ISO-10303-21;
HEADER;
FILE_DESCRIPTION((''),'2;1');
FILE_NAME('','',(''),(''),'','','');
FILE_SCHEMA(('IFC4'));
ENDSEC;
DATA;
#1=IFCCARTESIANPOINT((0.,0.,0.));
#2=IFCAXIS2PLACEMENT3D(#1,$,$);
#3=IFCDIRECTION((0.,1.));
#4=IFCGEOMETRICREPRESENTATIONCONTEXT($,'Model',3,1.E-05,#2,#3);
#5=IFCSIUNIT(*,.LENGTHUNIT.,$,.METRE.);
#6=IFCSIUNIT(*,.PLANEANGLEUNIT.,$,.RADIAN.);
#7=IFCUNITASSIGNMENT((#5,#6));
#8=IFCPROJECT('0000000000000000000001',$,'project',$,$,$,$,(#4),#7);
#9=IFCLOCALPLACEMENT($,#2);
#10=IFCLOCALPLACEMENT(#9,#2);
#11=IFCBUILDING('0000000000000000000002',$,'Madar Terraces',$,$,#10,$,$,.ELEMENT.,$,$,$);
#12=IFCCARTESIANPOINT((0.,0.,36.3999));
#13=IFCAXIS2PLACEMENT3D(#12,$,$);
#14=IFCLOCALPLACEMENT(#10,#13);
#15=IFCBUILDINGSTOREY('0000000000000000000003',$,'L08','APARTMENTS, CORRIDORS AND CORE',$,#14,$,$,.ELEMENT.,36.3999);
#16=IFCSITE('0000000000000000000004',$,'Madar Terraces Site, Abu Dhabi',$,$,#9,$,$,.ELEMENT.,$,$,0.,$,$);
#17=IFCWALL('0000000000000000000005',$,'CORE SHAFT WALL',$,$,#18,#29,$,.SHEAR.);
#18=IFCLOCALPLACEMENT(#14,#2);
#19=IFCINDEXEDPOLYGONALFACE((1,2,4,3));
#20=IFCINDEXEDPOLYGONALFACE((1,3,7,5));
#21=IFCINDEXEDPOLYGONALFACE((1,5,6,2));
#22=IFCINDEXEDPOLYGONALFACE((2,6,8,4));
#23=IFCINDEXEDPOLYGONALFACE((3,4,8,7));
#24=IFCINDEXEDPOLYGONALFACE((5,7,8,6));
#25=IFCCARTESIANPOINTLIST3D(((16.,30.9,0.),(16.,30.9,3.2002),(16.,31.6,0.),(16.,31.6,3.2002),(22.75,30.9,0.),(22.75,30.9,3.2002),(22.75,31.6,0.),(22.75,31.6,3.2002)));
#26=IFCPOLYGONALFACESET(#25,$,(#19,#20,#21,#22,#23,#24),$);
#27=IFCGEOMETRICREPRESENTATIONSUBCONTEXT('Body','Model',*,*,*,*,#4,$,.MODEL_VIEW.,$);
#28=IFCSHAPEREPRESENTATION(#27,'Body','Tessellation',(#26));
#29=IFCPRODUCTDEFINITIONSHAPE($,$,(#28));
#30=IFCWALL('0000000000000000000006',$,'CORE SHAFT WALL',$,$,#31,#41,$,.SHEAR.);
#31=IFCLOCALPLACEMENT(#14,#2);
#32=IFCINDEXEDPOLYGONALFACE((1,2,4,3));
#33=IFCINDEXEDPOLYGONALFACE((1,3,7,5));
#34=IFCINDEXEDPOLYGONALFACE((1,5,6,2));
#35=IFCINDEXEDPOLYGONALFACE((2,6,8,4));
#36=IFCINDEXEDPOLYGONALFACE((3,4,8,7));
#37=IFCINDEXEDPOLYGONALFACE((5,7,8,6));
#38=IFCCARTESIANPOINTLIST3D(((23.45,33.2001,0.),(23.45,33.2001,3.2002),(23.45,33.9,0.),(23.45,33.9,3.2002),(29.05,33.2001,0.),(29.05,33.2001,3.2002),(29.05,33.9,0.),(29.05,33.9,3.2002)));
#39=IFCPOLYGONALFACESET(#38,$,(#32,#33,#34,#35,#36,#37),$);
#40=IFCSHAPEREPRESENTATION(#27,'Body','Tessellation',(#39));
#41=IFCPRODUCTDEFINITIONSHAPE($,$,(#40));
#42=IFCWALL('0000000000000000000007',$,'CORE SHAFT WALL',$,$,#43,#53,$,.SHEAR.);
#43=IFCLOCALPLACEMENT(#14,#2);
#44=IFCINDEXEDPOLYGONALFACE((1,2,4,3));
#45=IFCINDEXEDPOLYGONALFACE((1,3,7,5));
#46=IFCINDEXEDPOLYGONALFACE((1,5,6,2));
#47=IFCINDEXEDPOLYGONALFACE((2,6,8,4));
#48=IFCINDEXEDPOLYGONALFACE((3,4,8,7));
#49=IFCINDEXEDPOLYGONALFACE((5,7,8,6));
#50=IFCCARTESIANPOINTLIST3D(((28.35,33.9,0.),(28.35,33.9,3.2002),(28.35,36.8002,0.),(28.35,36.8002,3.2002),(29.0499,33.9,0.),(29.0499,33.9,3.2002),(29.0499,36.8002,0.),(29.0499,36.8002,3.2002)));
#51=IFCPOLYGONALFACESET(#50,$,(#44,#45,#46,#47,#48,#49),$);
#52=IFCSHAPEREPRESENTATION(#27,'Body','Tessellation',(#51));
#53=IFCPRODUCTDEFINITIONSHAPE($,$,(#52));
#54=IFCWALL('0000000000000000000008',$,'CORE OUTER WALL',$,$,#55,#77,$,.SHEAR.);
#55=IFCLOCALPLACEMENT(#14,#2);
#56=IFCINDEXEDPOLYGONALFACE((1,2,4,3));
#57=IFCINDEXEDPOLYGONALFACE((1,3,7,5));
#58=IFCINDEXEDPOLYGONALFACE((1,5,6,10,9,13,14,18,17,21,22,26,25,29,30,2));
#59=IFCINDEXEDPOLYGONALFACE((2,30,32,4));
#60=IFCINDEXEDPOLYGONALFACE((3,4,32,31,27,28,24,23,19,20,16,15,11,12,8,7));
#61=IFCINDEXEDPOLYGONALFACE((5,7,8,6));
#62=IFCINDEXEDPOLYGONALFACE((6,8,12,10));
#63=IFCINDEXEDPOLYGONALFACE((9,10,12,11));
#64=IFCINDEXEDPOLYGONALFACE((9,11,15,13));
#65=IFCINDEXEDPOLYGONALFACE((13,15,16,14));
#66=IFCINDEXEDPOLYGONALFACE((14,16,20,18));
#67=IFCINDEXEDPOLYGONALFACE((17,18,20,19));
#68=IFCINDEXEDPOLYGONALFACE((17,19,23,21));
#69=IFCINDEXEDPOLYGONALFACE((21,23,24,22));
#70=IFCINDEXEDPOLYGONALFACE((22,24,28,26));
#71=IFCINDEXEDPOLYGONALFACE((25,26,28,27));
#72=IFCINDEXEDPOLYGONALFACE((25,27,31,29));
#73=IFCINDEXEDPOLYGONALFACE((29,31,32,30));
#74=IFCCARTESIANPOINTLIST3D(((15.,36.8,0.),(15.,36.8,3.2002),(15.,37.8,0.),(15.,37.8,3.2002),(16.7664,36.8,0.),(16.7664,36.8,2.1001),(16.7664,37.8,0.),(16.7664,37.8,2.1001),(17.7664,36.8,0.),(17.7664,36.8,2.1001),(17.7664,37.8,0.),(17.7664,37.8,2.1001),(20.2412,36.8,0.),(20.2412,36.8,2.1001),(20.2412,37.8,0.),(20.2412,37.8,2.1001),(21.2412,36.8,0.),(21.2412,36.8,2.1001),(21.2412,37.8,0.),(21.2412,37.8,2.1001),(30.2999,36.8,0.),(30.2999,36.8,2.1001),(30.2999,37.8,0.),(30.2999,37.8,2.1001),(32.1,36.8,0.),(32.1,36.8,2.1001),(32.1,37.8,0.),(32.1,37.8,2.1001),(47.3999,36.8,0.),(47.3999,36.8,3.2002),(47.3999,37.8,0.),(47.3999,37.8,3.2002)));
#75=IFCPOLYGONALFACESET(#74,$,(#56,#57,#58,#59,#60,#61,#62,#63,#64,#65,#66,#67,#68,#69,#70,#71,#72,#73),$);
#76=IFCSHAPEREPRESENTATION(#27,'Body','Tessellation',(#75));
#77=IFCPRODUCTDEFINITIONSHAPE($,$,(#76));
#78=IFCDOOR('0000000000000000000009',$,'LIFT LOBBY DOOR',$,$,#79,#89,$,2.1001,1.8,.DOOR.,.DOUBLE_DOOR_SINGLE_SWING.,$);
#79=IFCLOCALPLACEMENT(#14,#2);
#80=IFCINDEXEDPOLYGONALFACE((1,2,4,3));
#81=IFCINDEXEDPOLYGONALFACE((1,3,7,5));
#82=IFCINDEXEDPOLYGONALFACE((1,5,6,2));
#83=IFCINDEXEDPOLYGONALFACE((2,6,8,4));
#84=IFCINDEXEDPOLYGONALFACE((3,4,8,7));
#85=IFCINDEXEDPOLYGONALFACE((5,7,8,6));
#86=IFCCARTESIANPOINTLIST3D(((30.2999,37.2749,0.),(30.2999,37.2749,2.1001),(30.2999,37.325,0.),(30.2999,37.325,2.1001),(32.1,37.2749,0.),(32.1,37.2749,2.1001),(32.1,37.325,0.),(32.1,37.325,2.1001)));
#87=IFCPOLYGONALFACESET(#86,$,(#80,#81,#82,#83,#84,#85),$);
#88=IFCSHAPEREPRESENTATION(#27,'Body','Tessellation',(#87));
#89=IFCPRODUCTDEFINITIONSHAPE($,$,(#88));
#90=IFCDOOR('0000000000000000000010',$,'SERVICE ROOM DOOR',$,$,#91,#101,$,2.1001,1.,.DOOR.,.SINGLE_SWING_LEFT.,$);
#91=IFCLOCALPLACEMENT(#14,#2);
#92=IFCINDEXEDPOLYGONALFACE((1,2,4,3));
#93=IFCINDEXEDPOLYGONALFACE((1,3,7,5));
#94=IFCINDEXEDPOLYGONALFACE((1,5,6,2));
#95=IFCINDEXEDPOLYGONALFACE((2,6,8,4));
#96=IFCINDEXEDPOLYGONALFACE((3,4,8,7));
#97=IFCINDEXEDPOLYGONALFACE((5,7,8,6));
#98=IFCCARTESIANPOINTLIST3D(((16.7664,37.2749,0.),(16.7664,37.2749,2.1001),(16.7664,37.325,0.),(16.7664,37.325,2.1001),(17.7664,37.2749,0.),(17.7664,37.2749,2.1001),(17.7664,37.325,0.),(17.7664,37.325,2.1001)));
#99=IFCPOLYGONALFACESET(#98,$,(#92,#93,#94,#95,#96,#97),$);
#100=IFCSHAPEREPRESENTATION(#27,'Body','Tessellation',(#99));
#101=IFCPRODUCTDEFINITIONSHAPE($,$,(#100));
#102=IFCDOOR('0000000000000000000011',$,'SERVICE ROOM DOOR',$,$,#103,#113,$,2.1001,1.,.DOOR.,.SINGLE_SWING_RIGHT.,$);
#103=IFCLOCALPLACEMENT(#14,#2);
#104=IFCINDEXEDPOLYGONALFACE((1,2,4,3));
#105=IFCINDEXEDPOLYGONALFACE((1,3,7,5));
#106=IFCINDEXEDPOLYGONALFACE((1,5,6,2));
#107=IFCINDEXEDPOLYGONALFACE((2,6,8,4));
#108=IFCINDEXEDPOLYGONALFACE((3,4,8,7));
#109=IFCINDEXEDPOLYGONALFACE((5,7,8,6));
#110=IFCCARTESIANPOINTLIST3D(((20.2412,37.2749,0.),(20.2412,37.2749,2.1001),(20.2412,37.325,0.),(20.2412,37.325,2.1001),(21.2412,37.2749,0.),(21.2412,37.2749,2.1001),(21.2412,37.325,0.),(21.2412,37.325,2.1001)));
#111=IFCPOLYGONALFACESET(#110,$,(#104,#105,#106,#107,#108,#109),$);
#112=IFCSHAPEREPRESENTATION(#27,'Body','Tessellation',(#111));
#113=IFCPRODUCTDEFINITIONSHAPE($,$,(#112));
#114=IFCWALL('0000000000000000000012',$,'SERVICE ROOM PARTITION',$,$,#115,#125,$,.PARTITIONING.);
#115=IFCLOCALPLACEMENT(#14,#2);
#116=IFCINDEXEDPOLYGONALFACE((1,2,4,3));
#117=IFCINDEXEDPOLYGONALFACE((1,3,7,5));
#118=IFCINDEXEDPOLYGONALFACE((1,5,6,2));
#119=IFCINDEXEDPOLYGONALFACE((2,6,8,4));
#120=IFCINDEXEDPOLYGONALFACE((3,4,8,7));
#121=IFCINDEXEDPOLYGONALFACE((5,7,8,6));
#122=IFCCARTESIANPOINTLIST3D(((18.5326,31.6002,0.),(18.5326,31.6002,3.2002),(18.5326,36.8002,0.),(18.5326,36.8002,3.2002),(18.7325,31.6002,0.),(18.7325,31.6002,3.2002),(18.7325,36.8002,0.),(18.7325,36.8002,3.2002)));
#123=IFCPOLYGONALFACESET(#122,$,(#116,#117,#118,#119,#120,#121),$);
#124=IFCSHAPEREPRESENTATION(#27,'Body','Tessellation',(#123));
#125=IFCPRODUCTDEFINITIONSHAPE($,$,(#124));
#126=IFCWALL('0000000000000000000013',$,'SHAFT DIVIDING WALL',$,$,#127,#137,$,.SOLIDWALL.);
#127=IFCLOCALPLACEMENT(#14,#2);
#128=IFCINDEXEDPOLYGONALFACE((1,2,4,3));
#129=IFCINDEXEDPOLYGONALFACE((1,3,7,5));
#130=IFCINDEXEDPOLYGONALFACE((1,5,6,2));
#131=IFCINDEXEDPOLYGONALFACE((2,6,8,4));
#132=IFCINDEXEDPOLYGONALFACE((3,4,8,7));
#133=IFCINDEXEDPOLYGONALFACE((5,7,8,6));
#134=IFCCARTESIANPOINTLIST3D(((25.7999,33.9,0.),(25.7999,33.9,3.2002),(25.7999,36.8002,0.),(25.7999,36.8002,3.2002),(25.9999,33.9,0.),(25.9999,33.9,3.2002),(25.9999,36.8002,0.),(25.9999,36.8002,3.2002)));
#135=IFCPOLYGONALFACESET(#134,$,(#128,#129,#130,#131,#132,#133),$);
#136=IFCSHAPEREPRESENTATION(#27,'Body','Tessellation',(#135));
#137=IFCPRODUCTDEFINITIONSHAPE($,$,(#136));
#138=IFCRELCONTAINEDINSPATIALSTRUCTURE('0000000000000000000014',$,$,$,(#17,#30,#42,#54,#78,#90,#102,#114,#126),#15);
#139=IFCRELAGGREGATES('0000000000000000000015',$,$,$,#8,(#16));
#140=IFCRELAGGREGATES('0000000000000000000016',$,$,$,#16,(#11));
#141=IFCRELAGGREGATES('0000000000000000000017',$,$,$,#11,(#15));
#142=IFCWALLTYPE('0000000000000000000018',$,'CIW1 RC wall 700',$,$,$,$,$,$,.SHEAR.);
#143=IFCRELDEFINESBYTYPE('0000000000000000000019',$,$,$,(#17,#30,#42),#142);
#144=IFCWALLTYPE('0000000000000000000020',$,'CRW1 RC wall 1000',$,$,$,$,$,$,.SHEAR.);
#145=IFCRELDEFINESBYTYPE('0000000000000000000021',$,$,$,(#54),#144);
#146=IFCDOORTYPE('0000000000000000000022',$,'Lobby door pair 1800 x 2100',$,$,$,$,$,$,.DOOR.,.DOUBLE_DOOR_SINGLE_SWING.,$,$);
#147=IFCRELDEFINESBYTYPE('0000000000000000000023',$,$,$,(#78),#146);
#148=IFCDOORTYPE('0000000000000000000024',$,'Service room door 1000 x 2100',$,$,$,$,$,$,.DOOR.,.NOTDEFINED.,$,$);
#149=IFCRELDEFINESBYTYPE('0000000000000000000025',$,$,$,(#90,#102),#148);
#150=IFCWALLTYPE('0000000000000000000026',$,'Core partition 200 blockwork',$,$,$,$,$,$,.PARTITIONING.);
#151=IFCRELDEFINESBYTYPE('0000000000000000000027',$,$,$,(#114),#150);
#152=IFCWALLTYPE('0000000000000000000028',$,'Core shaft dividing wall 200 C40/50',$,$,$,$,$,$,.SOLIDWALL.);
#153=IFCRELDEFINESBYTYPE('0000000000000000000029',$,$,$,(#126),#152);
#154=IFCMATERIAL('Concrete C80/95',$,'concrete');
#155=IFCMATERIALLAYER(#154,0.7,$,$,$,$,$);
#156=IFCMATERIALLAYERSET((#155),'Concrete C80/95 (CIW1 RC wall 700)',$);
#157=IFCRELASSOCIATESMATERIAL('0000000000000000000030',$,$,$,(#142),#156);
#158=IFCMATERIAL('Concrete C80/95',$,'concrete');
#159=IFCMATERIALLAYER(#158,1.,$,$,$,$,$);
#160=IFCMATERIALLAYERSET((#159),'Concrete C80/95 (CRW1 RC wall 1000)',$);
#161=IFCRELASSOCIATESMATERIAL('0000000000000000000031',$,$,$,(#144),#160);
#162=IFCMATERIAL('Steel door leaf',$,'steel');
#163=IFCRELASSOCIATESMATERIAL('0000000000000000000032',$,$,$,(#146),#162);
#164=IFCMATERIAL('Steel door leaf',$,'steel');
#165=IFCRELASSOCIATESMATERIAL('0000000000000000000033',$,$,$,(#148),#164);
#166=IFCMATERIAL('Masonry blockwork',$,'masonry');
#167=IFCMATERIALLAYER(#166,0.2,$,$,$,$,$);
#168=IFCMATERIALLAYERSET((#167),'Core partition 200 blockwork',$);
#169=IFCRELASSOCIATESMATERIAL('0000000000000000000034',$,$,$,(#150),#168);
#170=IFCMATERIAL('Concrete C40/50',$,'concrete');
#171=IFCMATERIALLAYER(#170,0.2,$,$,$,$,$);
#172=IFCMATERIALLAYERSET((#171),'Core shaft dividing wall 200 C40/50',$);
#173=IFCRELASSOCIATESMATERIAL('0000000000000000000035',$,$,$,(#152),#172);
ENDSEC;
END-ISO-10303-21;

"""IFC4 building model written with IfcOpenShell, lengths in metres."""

from ifc_helpers import new_model, si_unit, direction, frame, frame_2d, origin, place, context, subcontext, project, spatial, rectangle, extrude, material, layer, layer_set, type_object, element, fill, save


model = new_model("IFC4")

# Units and contexts
model_context = context("Model", 3, precision=1e-05, world=origin(), true_north=direction((0.0, 1.0)))
body_context = subcontext(model_context, "Body", "Model", "MODEL_VIEW")
ifc_project = project(units=[si_unit("LENGTHUNIT", "METRE"), si_unit("PLANEANGLEUNIT", "RADIAN")], contexts=[model_context])

# Site, building, storey
site_placement = place(None, origin())
site = spatial("IfcSite", under=ifc_project, at=site_placement, Name="Madar Terraces Site, Abu Dhabi", CompositionType="ELEMENT", RefElevation=0.0)
building_placement = place(site_placement, origin())
building = spatial("IfcBuilding", under=site, at=building_placement, Name="Madar Terraces", CompositionType="ELEMENT")
storey_placement = place(building_placement, frame((0.0, 0.0, 36.3999)))
storey = spatial("IfcBuildingStorey", under=building, at=storey_placement, Name="L08", Description="APARTMENTS, CORRIDORS AND CORE", CompositionType="ELEMENT", Elevation=36.3999)

# Walls
ifc_material_1 = material(Name="Concrete C80/95", Category="concrete")
ifc_layer_1 = layer(ifc_material_1, 0.7)
ifc_layer_set_1 = layer_set([ifc_layer_1], Name="Concrete C80/95 (CIW1 RC wall 700)")
wall_type_1 = type_object("IfcWallType", Name="CIW1 RC wall 700", PredefinedType="SHEAR", material=ifc_layer_set_1)
wall_1_placement = place(storey_placement, frame((16.0, 31.25, 0.0), z_axis=(0.0, 0.0, 1.0), x_axis=(1.0, 0.0, 0.0)))
element("IfcWall", 1, at=wall_1_placement, inside=storey, type_object=wall_type_1, Name="CORE SHAFT WALL", PredefinedType="SHEAR", context=body_context, shape_type="SweptSolid", body=[
    extrude(rectangle(XDim=6.75, YDim=0.7, at=frame_2d((3.375, 0.0))), origin(), (0.0, 0.0, 1.0), 3.2002),
])
wall_2_placement = place(storey_placement, frame((23.45, 33.55, 0.0), z_axis=(0.0, 0.0, 1.0), x_axis=(1.0, 0.0, 0.0)))
element("IfcWall", 2, at=wall_2_placement, inside=storey, type_object=wall_type_1, Name="CORE SHAFT WALL", PredefinedType="SHEAR", context=body_context, shape_type="SweptSolid", body=[
    extrude(rectangle(XDim=5.6001, YDim=0.7, at=frame_2d((2.8, 0.0))), origin(), (0.0, 0.0, 1.0), 3.2002),
])
wall_3_placement = place(storey_placement, frame((28.7, 33.8999, 0.0), z_axis=(0.0, 0.0, 1.0), x_axis=(0.0, 1.0, 0.0)))
element("IfcWall", 3, at=wall_3_placement, inside=storey, type_object=wall_type_1, Name="CORE SHAFT WALL", PredefinedType="SHEAR", context=body_context, shape_type="SweptSolid", body=[
    extrude(rectangle(XDim=2.9001, YDim=0.7, at=frame_2d((1.4502, 0.0))), origin(), (0.0, 0.0, 1.0), 3.2002),
])

# Wall, openings, doors
ifc_material_2 = material(Name="Concrete C80/95", Category="concrete")
ifc_layer_2 = layer(ifc_material_2, 1.0)
ifc_layer_set_2 = layer_set([ifc_layer_2], Name="Concrete C80/95 (CRW1 RC wall 1000)")
wall_type_2 = type_object("IfcWallType", Name="CRW1 RC wall 1000", PredefinedType="SHEAR", material=ifc_layer_set_2)
wall_4_placement = place(storey_placement, frame((15.0, 37.3, 0.0), z_axis=(0.0, 0.0, 1.0), x_axis=(1.0, 0.0, 0.0)))
wall_4 = element("IfcWall", 4, at=wall_4_placement, inside=storey, type_object=wall_type_2, Name="CORE OUTER WALL", PredefinedType="SHEAR", context=body_context, shape_type="SweptSolid", body=[
    extrude(rectangle(XDim=32.3999, YDim=1.0, at=frame_2d((16.2, 0.0))), origin(), (0.0, 0.0, 1.0), 3.2002),
])
opening_1_placement = place(wall_4_placement, frame((15.3, 0.0, 0.0)))
opening_1 = element("IfcOpeningElement", 5, at=opening_1_placement, cuts=wall_4, PredefinedType="OPENING", context=body_context, shape_type="SweptSolid", body=[
    extrude(rectangle(XDim=1.8, YDim=2.1001, at=frame_2d((0.8999, 1.05))), frame((0.0, 0.51, 0.0), z_axis=(0.0, -1.0, 0.0), x_axis=(1.0, 0.0, 0.0)), (0.0, 0.0, 1.0), 1.02),
])
opening_2_placement = place(wall_4_placement, frame((1.7664, 0.0, 0.0)))
opening_2 = element("IfcOpeningElement", 6, at=opening_2_placement, cuts=wall_4, PredefinedType="OPENING", context=body_context, shape_type="SweptSolid", body=[
    extrude(rectangle(XDim=1.0, YDim=2.1001, at=frame_2d((0.5, 1.05))), frame((0.0, 0.51, 0.0), z_axis=(0.0, -1.0, 0.0), x_axis=(1.0, 0.0, 0.0)), (0.0, 0.0, 1.0), 1.02),
])
opening_3_placement = place(wall_4_placement, frame((5.2412, 0.0, 0.0)))
opening_3 = element("IfcOpeningElement", 7, at=opening_3_placement, cuts=wall_4, PredefinedType="OPENING", context=body_context, shape_type="SweptSolid", body=[
    extrude(rectangle(XDim=1.0, YDim=2.1001, at=frame_2d((0.5, 1.05))), frame((0.0, 0.51, 0.0), z_axis=(0.0, -1.0, 0.0), x_axis=(1.0, 0.0, 0.0)), (0.0, 0.0, 1.0), 1.02),
])
ifc_material_3 = material(Name="Steel door leaf", Category="steel")
door_type_1 = type_object("IfcDoorType", Name="Lobby door pair 1800 x 2100", OperationType="DOUBLE_DOOR_SINGLE_SWING", PredefinedType="DOOR", material=ifc_material_3)
door_1_placement = place(opening_1_placement, origin())
door_1 = element("IfcDoor", 8, at=door_1_placement, inside=storey, type_object=door_type_1, Name="LIFT LOBBY DOOR", OperationType="DOUBLE_DOOR_SINGLE_SWING", OverallHeight=2.1001, OverallWidth=1.8, PredefinedType="DOOR", context=body_context, shape_type="SweptSolid", body=[
    extrude(rectangle(XDim=1.8, YDim=2.1001, at=frame_2d((0.8999, 1.05))), frame((0.0, 0.0249, 0.0), z_axis=(0.0, -1.0, 0.0), x_axis=(1.0, 0.0, 0.0)), (0.0, 0.0, 1.0), 0.05),
])
fill(opening_1, door_1)
ifc_material_4 = material(Name="Steel door leaf", Category="steel")
door_type_2 = type_object("IfcDoorType", Name="Service room door 1000 x 2100", OperationType="NOTDEFINED", PredefinedType="DOOR", material=ifc_material_4)
door_2_placement = place(opening_2_placement, origin())
door_2 = element("IfcDoor", 9, at=door_2_placement, inside=storey, type_object=door_type_2, Name="SERVICE ROOM DOOR", OperationType="SINGLE_SWING_LEFT", OverallHeight=2.1001, OverallWidth=1.0, PredefinedType="DOOR", context=body_context, shape_type="SweptSolid", body=[
    extrude(rectangle(XDim=1.0, YDim=2.1001, at=frame_2d((0.5, 1.05))), frame((0.0, 0.0249, 0.0), z_axis=(0.0, -1.0, 0.0), x_axis=(1.0, 0.0, 0.0)), (0.0, 0.0, 1.0), 0.05),
])
fill(opening_2, door_2)
door_3_placement = place(opening_3_placement, origin())
door_3 = element("IfcDoor", 10, at=door_3_placement, inside=storey, type_object=door_type_2, Name="SERVICE ROOM DOOR", OperationType="SINGLE_SWING_RIGHT", OverallHeight=2.1001, OverallWidth=1.0, PredefinedType="DOOR", context=body_context, shape_type="SweptSolid", body=[
    extrude(rectangle(XDim=1.0, YDim=2.1001, at=frame_2d((0.5, 1.05))), frame((0.0, 0.0249, 0.0), z_axis=(0.0, -1.0, 0.0), x_axis=(1.0, 0.0, 0.0)), (0.0, 0.0, 1.0), 0.05),
])
fill(opening_3, door_3)

# Walls
ifc_material_5 = material(Name="Masonry blockwork", Category="masonry")
ifc_layer_3 = layer(ifc_material_5, 0.2)
ifc_layer_set_3 = layer_set([ifc_layer_3], Name="Core partition 200 blockwork")
wall_type_3 = type_object("IfcWallType", Name="Core partition 200 blockwork", PredefinedType="PARTITIONING", material=ifc_layer_set_3)
wall_5_placement = place(storey_placement, frame((18.6326, 31.6001, 0.0), z_axis=(0.0, 0.0, 1.0), x_axis=(0.0, 1.0, 0.0)))
element("IfcWall", 11, at=wall_5_placement, inside=storey, type_object=wall_type_3, Name="SERVICE ROOM PARTITION", PredefinedType="PARTITIONING", context=body_context, shape_type="SweptSolid", body=[
    extrude(rectangle(XDim=5.2, YDim=0.2, at=frame_2d((2.6001, 0.0))), origin(), (0.0, 0.0, 1.0), 3.2002),
])
ifc_material_6 = material(Name="Concrete C40/50", Category="concrete")
ifc_layer_4 = layer(ifc_material_6, 0.2)
ifc_layer_set_4 = layer_set([ifc_layer_4], Name="Core shaft dividing wall 200 C40/50")
wall_type_4 = type_object("IfcWallType", Name="Core shaft dividing wall 200 C40/50", PredefinedType="SOLIDWALL", material=ifc_layer_set_4)
wall_6_placement = place(storey_placement, frame((25.8999, 33.8999, 0.0), z_axis=(0.0, 0.0, 1.0), x_axis=(0.0, 1.0, 0.0)))
element("IfcWall", 12, at=wall_6_placement, inside=storey, type_object=wall_type_4, Name="SHAFT DIVIDING WALL", PredefinedType="SOLIDWALL", context=body_context, shape_type="SweptSolid", body=[
    extrude(rectangle(XDim=2.9001, YDim=0.2, at=frame_2d((1.4502, 0.0))), origin(), (0.0, 0.0, 1.0), 3.2002),
])

save(model, "model.ifc")
